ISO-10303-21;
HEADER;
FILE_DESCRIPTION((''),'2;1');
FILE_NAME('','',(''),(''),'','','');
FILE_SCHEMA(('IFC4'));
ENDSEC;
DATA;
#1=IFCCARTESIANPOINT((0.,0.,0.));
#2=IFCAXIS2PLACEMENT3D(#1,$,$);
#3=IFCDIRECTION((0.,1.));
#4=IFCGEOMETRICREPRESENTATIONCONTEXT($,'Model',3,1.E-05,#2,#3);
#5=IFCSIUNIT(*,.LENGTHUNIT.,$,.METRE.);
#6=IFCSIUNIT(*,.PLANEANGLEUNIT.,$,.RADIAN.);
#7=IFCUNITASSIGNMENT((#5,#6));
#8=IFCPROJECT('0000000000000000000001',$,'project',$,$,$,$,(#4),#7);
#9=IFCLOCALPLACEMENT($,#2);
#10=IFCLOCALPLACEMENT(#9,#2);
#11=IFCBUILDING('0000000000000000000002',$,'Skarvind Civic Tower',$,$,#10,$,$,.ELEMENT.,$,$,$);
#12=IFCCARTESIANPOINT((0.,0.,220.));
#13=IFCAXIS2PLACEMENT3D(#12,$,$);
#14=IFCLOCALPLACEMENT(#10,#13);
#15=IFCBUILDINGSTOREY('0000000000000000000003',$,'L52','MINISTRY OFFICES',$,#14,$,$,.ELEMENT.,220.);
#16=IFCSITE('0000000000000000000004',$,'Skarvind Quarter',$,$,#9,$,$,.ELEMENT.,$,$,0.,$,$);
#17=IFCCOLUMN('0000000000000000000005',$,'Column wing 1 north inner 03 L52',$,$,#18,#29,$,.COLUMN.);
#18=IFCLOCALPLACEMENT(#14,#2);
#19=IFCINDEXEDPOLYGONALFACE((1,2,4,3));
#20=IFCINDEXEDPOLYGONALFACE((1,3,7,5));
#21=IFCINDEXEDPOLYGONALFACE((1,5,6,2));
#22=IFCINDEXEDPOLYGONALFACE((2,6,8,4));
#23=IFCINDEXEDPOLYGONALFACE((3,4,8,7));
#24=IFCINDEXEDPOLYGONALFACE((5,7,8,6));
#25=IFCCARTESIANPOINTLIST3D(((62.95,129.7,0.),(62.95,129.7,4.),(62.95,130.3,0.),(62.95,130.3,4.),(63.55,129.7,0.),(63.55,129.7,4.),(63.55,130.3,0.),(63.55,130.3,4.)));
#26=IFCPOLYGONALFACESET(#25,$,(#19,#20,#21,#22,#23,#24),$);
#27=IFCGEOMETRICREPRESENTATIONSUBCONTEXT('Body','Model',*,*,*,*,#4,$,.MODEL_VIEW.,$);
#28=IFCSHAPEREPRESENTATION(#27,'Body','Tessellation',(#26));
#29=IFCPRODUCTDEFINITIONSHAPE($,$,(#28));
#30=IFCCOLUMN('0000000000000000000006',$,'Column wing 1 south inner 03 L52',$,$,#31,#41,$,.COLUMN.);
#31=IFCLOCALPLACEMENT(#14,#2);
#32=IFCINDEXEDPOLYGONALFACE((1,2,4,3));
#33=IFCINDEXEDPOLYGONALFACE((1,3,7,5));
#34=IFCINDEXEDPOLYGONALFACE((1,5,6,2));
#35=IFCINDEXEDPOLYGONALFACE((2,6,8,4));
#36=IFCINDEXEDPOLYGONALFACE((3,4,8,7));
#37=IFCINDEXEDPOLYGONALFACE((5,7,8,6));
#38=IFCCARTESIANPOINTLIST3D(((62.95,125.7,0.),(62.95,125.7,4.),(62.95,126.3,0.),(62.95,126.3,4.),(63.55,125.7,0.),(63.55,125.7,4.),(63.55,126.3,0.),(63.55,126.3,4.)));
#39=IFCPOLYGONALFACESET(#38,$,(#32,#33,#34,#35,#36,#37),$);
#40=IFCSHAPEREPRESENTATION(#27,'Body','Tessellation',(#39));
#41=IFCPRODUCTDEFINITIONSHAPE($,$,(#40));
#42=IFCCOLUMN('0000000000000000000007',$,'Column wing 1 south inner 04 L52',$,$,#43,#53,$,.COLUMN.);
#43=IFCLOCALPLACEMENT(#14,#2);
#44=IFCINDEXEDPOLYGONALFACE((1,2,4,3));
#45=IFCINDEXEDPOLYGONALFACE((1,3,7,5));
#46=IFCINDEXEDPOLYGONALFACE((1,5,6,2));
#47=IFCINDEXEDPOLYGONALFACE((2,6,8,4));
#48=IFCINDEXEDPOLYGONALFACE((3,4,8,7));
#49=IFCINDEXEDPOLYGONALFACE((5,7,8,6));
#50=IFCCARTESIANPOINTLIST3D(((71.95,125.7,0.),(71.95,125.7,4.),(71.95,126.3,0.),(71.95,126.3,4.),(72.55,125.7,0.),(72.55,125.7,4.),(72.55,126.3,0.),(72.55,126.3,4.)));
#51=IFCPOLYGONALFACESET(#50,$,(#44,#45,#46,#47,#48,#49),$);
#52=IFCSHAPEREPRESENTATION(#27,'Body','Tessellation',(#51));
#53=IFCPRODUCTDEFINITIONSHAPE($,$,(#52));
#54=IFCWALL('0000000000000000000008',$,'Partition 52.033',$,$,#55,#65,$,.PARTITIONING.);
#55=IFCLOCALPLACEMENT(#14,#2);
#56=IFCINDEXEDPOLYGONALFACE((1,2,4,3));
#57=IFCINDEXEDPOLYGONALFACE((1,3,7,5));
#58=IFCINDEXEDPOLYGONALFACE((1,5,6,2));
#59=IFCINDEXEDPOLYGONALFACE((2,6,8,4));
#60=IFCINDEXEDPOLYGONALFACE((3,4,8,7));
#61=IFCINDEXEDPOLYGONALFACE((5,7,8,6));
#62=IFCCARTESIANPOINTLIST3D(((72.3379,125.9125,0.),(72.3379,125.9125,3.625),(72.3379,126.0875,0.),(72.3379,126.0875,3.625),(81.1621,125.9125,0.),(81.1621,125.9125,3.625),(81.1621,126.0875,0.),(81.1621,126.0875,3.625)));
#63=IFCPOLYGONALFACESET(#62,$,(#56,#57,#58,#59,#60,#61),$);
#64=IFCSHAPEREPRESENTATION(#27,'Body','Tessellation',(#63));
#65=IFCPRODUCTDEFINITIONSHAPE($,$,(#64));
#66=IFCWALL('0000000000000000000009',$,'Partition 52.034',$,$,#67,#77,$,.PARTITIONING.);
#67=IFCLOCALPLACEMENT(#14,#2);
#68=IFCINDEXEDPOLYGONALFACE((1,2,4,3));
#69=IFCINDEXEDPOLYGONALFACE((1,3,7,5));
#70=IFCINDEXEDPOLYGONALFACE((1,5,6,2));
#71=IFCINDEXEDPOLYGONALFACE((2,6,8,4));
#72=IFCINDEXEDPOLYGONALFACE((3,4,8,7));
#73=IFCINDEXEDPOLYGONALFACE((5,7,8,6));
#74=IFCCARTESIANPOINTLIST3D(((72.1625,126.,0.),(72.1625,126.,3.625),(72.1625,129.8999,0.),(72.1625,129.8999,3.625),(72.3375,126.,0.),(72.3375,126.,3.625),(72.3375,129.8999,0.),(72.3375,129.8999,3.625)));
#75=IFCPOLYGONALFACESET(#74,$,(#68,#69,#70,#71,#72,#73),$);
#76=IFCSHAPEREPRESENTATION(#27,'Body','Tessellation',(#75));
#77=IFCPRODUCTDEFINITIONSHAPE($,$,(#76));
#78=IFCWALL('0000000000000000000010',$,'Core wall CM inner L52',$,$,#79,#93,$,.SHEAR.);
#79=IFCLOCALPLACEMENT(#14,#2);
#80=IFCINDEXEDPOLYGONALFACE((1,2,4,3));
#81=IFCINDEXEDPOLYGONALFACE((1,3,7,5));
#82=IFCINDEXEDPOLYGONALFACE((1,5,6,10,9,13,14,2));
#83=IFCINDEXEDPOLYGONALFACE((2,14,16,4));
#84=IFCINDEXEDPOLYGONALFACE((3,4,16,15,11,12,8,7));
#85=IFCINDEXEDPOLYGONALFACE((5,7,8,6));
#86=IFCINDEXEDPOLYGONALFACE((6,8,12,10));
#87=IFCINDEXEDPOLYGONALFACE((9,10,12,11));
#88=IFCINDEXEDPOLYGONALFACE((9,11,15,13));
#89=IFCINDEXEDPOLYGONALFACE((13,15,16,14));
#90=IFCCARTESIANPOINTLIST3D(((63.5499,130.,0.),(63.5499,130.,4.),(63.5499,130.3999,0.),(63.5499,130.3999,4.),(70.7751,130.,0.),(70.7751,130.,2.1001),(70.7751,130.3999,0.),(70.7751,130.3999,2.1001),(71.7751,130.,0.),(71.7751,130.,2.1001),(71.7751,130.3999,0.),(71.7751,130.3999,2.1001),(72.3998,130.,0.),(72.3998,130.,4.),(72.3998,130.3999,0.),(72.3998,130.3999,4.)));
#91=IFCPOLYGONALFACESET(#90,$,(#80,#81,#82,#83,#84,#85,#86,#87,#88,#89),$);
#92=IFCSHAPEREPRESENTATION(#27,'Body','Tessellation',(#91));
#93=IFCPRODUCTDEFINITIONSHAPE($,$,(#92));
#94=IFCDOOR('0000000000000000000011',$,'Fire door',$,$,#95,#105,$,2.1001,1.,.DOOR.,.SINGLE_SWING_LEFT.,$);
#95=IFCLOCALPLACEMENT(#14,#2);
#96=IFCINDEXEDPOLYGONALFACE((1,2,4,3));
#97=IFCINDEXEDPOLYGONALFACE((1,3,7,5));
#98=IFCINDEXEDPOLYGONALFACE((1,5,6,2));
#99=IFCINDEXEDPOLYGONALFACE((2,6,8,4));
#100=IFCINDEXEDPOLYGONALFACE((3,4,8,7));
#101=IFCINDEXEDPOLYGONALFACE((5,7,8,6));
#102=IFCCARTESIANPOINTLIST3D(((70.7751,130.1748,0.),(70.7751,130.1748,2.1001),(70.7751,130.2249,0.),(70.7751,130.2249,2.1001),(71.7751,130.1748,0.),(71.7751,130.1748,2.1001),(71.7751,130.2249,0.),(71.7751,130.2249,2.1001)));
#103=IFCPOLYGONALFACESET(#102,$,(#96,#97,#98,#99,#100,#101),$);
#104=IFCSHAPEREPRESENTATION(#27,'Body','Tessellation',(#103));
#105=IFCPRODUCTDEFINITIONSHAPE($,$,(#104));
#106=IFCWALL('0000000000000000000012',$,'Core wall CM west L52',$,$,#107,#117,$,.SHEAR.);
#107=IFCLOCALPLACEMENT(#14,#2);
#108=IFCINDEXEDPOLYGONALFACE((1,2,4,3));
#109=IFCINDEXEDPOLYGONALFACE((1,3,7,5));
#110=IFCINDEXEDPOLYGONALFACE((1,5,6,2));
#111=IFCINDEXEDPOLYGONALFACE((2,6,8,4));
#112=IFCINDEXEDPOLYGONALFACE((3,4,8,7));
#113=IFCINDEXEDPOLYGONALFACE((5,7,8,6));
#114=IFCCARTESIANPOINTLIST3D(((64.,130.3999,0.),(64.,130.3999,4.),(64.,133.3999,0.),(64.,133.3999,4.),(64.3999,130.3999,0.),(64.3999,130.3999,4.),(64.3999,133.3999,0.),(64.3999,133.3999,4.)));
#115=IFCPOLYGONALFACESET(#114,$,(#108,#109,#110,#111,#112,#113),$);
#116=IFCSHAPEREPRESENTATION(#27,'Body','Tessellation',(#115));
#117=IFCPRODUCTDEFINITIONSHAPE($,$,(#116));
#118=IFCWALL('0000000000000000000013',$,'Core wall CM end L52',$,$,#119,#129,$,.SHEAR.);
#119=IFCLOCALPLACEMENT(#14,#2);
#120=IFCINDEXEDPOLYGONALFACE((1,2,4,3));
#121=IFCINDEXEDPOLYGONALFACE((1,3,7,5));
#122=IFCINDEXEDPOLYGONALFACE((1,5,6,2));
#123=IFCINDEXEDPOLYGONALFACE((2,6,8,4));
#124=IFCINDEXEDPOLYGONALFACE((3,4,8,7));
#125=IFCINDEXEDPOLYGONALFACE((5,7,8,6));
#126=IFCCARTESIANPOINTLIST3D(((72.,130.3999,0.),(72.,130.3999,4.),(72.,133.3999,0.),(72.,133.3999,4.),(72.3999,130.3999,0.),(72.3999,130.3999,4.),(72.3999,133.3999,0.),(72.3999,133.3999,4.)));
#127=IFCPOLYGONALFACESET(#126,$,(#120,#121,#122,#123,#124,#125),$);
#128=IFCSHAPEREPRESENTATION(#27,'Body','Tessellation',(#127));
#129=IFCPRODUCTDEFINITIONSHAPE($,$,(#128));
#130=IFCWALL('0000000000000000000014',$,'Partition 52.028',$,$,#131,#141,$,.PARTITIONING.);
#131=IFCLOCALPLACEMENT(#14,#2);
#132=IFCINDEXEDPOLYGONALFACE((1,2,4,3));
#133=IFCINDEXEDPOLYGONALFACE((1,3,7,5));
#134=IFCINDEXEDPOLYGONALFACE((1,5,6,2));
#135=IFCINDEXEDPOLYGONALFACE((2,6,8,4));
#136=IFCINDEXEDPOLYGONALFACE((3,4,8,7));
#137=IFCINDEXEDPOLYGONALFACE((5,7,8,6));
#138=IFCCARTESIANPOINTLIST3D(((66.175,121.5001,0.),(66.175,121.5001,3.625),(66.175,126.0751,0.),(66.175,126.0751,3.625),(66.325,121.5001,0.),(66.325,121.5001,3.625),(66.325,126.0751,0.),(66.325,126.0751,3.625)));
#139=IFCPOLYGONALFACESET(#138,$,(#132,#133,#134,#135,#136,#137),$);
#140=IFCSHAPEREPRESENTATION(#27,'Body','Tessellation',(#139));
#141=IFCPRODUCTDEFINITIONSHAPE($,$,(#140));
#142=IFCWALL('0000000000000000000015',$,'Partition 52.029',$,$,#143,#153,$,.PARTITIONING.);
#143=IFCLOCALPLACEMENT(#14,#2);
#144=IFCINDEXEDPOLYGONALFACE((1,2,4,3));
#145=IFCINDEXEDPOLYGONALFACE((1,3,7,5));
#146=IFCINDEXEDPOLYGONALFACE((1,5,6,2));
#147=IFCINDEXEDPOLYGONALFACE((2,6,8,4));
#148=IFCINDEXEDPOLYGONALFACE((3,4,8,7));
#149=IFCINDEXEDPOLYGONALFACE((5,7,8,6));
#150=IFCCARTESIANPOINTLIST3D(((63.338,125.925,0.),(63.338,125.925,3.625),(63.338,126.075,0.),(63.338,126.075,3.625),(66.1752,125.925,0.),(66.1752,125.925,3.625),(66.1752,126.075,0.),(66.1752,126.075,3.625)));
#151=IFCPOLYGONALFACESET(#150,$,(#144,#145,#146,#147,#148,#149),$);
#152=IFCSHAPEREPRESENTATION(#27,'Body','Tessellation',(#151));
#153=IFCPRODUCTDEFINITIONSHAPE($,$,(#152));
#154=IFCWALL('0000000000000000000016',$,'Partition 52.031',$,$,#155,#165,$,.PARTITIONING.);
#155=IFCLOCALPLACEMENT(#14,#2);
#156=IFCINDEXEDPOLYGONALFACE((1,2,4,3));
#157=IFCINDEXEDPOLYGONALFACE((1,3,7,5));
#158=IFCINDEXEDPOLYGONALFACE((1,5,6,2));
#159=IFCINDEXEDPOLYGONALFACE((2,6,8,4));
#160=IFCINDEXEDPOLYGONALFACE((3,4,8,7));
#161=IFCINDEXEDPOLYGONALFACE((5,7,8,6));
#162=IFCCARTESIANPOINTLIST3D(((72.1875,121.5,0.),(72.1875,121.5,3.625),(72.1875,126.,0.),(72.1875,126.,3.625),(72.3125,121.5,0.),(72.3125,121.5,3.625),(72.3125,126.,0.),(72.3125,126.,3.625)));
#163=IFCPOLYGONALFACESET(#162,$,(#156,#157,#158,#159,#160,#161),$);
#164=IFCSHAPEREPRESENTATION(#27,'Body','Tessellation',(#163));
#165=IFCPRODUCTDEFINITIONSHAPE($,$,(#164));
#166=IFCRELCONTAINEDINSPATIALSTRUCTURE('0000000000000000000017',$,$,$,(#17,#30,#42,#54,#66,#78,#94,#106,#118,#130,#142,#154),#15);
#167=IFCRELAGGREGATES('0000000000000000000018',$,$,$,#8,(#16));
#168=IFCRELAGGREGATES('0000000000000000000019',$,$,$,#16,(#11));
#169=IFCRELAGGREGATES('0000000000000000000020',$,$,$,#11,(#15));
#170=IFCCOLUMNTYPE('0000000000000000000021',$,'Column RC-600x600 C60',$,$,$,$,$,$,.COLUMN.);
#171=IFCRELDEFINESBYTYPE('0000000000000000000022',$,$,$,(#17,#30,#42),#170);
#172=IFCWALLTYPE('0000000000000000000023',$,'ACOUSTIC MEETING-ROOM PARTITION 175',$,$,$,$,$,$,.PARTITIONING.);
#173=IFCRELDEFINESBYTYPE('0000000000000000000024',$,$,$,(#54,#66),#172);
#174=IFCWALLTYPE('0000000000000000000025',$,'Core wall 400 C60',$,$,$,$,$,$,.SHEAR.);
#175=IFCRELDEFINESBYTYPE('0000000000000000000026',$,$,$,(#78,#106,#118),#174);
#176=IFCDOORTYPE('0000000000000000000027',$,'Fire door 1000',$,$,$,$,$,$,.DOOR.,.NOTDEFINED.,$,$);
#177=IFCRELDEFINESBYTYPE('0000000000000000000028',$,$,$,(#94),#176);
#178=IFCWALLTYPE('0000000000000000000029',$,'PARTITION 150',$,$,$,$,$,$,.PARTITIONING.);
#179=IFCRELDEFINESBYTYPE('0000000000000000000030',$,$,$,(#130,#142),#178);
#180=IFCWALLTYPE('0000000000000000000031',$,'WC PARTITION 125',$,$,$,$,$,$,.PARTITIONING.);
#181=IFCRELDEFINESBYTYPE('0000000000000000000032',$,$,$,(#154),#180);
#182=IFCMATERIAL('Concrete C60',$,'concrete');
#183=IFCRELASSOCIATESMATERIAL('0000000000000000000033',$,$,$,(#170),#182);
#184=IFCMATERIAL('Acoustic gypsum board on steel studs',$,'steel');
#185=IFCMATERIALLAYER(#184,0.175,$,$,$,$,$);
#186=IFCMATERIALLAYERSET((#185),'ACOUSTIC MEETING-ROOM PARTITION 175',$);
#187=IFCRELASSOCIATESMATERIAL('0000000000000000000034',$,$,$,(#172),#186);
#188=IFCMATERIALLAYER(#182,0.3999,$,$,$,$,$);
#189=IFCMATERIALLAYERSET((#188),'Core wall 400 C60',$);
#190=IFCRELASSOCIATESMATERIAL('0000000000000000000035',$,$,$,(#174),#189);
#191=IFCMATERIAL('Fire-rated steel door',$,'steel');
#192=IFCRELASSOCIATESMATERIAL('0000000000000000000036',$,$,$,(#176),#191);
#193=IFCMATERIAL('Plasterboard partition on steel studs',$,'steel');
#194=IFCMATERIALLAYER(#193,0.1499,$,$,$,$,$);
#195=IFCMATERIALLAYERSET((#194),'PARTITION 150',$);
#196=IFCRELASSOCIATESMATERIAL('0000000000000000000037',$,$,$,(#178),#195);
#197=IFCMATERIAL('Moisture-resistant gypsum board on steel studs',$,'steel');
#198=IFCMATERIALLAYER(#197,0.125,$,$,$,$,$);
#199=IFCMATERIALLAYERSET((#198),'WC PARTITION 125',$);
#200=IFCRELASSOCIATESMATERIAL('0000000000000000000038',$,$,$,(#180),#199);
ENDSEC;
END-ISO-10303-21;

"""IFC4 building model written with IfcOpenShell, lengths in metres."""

from ifc_helpers import new_model, si_unit, direction, frame, frame_2d, origin, origin_2d, place, context, subcontext, project, spatial, rectangle, extrude, material, layer, layer_set, material_profile, profile_set, type_object, element, fill, save


model = new_model("IFC4")

# Units and contexts
model_context = context("Model", 3, precision=1e-05, world=origin(), true_north=direction((0.0, 1.0)))
body_context = subcontext(model_context, "Body", "Model", "MODEL_VIEW")
ifc_project = project(units=[si_unit("LENGTHUNIT", "METRE"), si_unit("PLANEANGLEUNIT", "RADIAN")], contexts=[model_context])

# Site, building, storey
site_placement = place(None, origin())
site = spatial("IfcSite", under=ifc_project, at=site_placement, Name="Skarvind Quarter", CompositionType="ELEMENT", RefElevation=0.0)
building_placement = place(site_placement, origin())
building = spatial("IfcBuilding", under=site, at=building_placement, Name="Skarvind Civic Tower", CompositionType="ELEMENT")
storey_placement = place(building_placement, frame((0.0, 0.0, 220.0)))
storey = spatial("IfcBuildingStorey", under=building, at=storey_placement, Name="L52", Description="MINISTRY OFFICES", CompositionType="ELEMENT", Elevation=220.0)

# Columns
ifc_material_1 = material(Name="Concrete C60", Category="concrete")
ifc_material_profile = material_profile(ifc_material_1, rectangle(XDim=0.6001, YDim=0.6001, at=origin_2d()), Name="RC-600x600")
ifc_profile_set = profile_set([ifc_material_profile], Name="Concrete C60")
column_type = type_object("IfcColumnType", Name="Column RC-600x600 C60", PredefinedType="COLUMN", material=ifc_profile_set)
for number, where, z_axis, x_axis, name in (
    (1, (63.25, 130.0, 0.0), (0.0, 0.0, 1.0), (1.0, 0.0, 0.0), "Column wing 1 north inner 03 L52"),
    (2, (63.25, 126.0, 0.0), (0.0, 0.0, 1.0), (1.0, 0.0, 0.0), "Column wing 1 south inner 03 L52"),
    (3, (72.25, 126.0, 0.0), (0.0, 0.0, 1.0), (1.0, 0.0, 0.0), "Column wing 1 south inner 04 L52"),
):
    element("IfcColumn", number, at=place(storey_placement, frame(where, z_axis=z_axis, x_axis=x_axis)), inside=storey, type_object=column_type, Name=name, PredefinedType="COLUMN", context=body_context, shape_type="SweptSolid", body=[
        extrude(rectangle(XDim=0.6001, YDim=0.6001, at=origin_2d()), origin(), (0.0, 0.0, 1.0), 4.0),
    ])

# Walls
ifc_material_2 = material(Name="Acoustic gypsum board on steel studs", Category="steel")
ifc_layer_1 = layer(ifc_material_2, 0.175)
ifc_layer_set_1 = layer_set([ifc_layer_1], Name="ACOUSTIC MEETING-ROOM PARTITION 175")
wall_type_1 = type_object("IfcWallType", Name="ACOUSTIC MEETING-ROOM PARTITION 175", PredefinedType="PARTITIONING", material=ifc_layer_set_1)
wall_1_placement = place(storey_placement, frame((72.3379, 126.0, 0.0), z_axis=(0.0, 0.0, 1.0), x_axis=(1.0, 0.0, 0.0)))
element("IfcWall", 4, at=wall_1_placement, inside=storey, type_object=wall_type_1, Name="Partition 52.033", PredefinedType="PARTITIONING", context=body_context, shape_type="SweptSolid", body=[
    extrude(rectangle(XDim=8.8242, YDim=0.175, at=frame_2d((4.4121, 0.0))), origin(), (0.0, 0.0, 1.0), 3.625),
])
wall_2_placement = place(storey_placement, frame((72.25, 129.8999, 0.0), z_axis=(0.0, 0.0, 1.0), x_axis=(0.0, -1.0, 0.0)))
element("IfcWall", 5, at=wall_2_placement, inside=storey, type_object=wall_type_1, Name="Partition 52.034", PredefinedType="PARTITIONING", context=body_context, shape_type="SweptSolid", body=[
    extrude(rectangle(XDim=3.8999, YDim=0.175, at=frame_2d((1.95, 0.0))), origin(), (0.0, 0.0, 1.0), 3.625),
])

# Wall, opening, door
ifc_layer_2 = layer(ifc_material_1, 0.3999)
ifc_layer_set_2 = layer_set([ifc_layer_2], Name="Core wall 400 C60")
wall_type_2 = type_object("IfcWallType", Name="Core wall 400 C60", PredefinedType="SHEAR", material=ifc_layer_set_2)
wall_3_placement = place(storey_placement, frame((63.55, 130.2, 0.0), z_axis=(0.0, 0.0, 1.0), x_axis=(1.0, 0.0, 0.0)))
wall_3 = element("IfcWall", 6, at=wall_3_placement, inside=storey, type_object=wall_type_2, Name="Core wall CM inner L52", PredefinedType="SHEAR", context=body_context, shape_type="SweptSolid", body=[
    extrude(rectangle(XDim=8.8499, YDim=0.3999, at=frame_2d((4.4248, 0.0))), origin(), (0.0, 0.0, 1.0), 4.0),
])
opening_1_placement = place(wall_3_placement, frame((7.2251, 0.0, 0.0)))
opening_1 = element("IfcOpeningElement", 7, at=opening_1_placement, cuts=wall_3, PredefinedType="OPENING", context=body_context, shape_type="SweptSolid", body=[
    extrude(rectangle(XDim=1.0, YDim=2.1001, at=frame_2d((0.5, 1.05))), frame((0.0, 0.21, 0.0), z_axis=(0.0, -1.0, 0.0), x_axis=(1.0, 0.0, 0.0)), (0.0, 0.0, 1.0), 0.4199),
])
ifc_material_3 = material(Name="Fire-rated steel door", Category="steel")
door_type_1 = type_object("IfcDoorType", Name="Fire door 1000", OperationType="NOTDEFINED", PredefinedType="DOOR", material=ifc_material_3)
door_1_placement = place(opening_1_placement, origin())
door_1 = element("IfcDoor", 8, at=door_1_placement, inside=storey, type_object=door_type_1, Name="Fire door", OperationType="SINGLE_SWING_LEFT", OverallHeight=2.1001, OverallWidth=1.0, PredefinedType="DOOR", context=body_context, shape_type="SweptSolid", body=[
    extrude(rectangle(XDim=1.0, YDim=2.1001, at=frame_2d((0.5, 1.05))), frame((0.0, 0.0249, 0.0), z_axis=(0.0, -1.0, 0.0), x_axis=(1.0, 0.0, 0.0)), (0.0, 0.0, 1.0), 0.05),
])
fill(opening_1, door_1)

# Walls
for number, where, z_axis, x_axis, name in (
    (9, (64.2, 130.3999, 0.0), (0.0, 0.0, 1.0), (0.0, 1.0, 0.0), "Core wall CM west L52"),
    (10, (72.2, 130.3999, 0.0), (0.0, 0.0, 1.0), (0.0, 1.0, 0.0), "Core wall CM end L52"),
):
    element("IfcWall", number, at=place(storey_placement, frame(where, z_axis=z_axis, x_axis=x_axis)), inside=storey, type_object=wall_type_2, Name=name, PredefinedType="SHEAR", context=body_context, shape_type="SweptSolid", body=[
        extrude(rectangle(XDim=3.0, YDim=0.3999, at=frame_2d((1.5, 0.0))), origin(), (0.0, 0.0, 1.0), 4.0),
    ])
ifc_material_4 = material(Name="Plasterboard partition on steel studs", Category="steel")
ifc_layer_3 = layer(ifc_material_4, 0.1499)
ifc_layer_set_3 = layer_set([ifc_layer_3], Name="PARTITION 150")
wall_type_3 = type_object("IfcWallType", Name="PARTITION 150", PredefinedType="PARTITIONING", material=ifc_layer_set_3)
wall_4_placement = place(storey_placement, frame((66.25, 121.5, 0.0), z_axis=(0.0, 0.0, 1.0), x_axis=(0.0, 1.0, 0.0)))
element("IfcWall", 11, at=wall_4_placement, inside=storey, type_object=wall_type_3, Name="Partition 52.028", PredefinedType="PARTITIONING", context=body_context, shape_type="SweptSolid", body=[
    extrude(rectangle(XDim=4.575, YDim=0.1499, at=frame_2d((2.2876, 0.0))), origin(), (0.0, 0.0, 1.0), 3.625),
])
wall_5_placement = place(storey_placement, frame((66.175, 126.0, 0.0), z_axis=(0.0, 0.0, 1.0), x_axis=(-1.0, 0.0, 0.0)))
element("IfcWall", 12, at=wall_5_placement, inside=storey, type_object=wall_type_3, Name="Partition 52.029", PredefinedType="PARTITIONING", context=body_context, shape_type="SweptSolid", body=[
    extrude(rectangle(XDim=2.8372, YDim=0.1499, at=frame_2d((1.4185, 0.0))), origin(), (0.0, 0.0, 1.0), 3.625),
])
ifc_material_5 = material(Name="Moisture-resistant gypsum board on steel studs", Category="steel")
ifc_layer_4 = layer(ifc_material_5, 0.125)
ifc_layer_set_4 = layer_set([ifc_layer_4], Name="WC PARTITION 125")
wall_type_4 = type_object("IfcWallType", Name="WC PARTITION 125", PredefinedType="PARTITIONING", material=ifc_layer_set_4)
wall_6_placement = place(storey_placement, frame((72.25, 121.5, 0.0), z_axis=(0.0, 0.0, 1.0), x_axis=(0.0, 1.0, 0.0)))
element("IfcWall", 13, at=wall_6_placement, inside=storey, type_object=wall_type_4, Name="Partition 52.031", PredefinedType="PARTITIONING", context=body_context, shape_type="SweptSolid", body=[
    extrude(rectangle(XDim=4.5, YDim=0.125, at=frame_2d((2.25, 0.0))), origin(), (0.0, 0.0, 1.0), 3.625),
])

save(model, "model.ifc")
